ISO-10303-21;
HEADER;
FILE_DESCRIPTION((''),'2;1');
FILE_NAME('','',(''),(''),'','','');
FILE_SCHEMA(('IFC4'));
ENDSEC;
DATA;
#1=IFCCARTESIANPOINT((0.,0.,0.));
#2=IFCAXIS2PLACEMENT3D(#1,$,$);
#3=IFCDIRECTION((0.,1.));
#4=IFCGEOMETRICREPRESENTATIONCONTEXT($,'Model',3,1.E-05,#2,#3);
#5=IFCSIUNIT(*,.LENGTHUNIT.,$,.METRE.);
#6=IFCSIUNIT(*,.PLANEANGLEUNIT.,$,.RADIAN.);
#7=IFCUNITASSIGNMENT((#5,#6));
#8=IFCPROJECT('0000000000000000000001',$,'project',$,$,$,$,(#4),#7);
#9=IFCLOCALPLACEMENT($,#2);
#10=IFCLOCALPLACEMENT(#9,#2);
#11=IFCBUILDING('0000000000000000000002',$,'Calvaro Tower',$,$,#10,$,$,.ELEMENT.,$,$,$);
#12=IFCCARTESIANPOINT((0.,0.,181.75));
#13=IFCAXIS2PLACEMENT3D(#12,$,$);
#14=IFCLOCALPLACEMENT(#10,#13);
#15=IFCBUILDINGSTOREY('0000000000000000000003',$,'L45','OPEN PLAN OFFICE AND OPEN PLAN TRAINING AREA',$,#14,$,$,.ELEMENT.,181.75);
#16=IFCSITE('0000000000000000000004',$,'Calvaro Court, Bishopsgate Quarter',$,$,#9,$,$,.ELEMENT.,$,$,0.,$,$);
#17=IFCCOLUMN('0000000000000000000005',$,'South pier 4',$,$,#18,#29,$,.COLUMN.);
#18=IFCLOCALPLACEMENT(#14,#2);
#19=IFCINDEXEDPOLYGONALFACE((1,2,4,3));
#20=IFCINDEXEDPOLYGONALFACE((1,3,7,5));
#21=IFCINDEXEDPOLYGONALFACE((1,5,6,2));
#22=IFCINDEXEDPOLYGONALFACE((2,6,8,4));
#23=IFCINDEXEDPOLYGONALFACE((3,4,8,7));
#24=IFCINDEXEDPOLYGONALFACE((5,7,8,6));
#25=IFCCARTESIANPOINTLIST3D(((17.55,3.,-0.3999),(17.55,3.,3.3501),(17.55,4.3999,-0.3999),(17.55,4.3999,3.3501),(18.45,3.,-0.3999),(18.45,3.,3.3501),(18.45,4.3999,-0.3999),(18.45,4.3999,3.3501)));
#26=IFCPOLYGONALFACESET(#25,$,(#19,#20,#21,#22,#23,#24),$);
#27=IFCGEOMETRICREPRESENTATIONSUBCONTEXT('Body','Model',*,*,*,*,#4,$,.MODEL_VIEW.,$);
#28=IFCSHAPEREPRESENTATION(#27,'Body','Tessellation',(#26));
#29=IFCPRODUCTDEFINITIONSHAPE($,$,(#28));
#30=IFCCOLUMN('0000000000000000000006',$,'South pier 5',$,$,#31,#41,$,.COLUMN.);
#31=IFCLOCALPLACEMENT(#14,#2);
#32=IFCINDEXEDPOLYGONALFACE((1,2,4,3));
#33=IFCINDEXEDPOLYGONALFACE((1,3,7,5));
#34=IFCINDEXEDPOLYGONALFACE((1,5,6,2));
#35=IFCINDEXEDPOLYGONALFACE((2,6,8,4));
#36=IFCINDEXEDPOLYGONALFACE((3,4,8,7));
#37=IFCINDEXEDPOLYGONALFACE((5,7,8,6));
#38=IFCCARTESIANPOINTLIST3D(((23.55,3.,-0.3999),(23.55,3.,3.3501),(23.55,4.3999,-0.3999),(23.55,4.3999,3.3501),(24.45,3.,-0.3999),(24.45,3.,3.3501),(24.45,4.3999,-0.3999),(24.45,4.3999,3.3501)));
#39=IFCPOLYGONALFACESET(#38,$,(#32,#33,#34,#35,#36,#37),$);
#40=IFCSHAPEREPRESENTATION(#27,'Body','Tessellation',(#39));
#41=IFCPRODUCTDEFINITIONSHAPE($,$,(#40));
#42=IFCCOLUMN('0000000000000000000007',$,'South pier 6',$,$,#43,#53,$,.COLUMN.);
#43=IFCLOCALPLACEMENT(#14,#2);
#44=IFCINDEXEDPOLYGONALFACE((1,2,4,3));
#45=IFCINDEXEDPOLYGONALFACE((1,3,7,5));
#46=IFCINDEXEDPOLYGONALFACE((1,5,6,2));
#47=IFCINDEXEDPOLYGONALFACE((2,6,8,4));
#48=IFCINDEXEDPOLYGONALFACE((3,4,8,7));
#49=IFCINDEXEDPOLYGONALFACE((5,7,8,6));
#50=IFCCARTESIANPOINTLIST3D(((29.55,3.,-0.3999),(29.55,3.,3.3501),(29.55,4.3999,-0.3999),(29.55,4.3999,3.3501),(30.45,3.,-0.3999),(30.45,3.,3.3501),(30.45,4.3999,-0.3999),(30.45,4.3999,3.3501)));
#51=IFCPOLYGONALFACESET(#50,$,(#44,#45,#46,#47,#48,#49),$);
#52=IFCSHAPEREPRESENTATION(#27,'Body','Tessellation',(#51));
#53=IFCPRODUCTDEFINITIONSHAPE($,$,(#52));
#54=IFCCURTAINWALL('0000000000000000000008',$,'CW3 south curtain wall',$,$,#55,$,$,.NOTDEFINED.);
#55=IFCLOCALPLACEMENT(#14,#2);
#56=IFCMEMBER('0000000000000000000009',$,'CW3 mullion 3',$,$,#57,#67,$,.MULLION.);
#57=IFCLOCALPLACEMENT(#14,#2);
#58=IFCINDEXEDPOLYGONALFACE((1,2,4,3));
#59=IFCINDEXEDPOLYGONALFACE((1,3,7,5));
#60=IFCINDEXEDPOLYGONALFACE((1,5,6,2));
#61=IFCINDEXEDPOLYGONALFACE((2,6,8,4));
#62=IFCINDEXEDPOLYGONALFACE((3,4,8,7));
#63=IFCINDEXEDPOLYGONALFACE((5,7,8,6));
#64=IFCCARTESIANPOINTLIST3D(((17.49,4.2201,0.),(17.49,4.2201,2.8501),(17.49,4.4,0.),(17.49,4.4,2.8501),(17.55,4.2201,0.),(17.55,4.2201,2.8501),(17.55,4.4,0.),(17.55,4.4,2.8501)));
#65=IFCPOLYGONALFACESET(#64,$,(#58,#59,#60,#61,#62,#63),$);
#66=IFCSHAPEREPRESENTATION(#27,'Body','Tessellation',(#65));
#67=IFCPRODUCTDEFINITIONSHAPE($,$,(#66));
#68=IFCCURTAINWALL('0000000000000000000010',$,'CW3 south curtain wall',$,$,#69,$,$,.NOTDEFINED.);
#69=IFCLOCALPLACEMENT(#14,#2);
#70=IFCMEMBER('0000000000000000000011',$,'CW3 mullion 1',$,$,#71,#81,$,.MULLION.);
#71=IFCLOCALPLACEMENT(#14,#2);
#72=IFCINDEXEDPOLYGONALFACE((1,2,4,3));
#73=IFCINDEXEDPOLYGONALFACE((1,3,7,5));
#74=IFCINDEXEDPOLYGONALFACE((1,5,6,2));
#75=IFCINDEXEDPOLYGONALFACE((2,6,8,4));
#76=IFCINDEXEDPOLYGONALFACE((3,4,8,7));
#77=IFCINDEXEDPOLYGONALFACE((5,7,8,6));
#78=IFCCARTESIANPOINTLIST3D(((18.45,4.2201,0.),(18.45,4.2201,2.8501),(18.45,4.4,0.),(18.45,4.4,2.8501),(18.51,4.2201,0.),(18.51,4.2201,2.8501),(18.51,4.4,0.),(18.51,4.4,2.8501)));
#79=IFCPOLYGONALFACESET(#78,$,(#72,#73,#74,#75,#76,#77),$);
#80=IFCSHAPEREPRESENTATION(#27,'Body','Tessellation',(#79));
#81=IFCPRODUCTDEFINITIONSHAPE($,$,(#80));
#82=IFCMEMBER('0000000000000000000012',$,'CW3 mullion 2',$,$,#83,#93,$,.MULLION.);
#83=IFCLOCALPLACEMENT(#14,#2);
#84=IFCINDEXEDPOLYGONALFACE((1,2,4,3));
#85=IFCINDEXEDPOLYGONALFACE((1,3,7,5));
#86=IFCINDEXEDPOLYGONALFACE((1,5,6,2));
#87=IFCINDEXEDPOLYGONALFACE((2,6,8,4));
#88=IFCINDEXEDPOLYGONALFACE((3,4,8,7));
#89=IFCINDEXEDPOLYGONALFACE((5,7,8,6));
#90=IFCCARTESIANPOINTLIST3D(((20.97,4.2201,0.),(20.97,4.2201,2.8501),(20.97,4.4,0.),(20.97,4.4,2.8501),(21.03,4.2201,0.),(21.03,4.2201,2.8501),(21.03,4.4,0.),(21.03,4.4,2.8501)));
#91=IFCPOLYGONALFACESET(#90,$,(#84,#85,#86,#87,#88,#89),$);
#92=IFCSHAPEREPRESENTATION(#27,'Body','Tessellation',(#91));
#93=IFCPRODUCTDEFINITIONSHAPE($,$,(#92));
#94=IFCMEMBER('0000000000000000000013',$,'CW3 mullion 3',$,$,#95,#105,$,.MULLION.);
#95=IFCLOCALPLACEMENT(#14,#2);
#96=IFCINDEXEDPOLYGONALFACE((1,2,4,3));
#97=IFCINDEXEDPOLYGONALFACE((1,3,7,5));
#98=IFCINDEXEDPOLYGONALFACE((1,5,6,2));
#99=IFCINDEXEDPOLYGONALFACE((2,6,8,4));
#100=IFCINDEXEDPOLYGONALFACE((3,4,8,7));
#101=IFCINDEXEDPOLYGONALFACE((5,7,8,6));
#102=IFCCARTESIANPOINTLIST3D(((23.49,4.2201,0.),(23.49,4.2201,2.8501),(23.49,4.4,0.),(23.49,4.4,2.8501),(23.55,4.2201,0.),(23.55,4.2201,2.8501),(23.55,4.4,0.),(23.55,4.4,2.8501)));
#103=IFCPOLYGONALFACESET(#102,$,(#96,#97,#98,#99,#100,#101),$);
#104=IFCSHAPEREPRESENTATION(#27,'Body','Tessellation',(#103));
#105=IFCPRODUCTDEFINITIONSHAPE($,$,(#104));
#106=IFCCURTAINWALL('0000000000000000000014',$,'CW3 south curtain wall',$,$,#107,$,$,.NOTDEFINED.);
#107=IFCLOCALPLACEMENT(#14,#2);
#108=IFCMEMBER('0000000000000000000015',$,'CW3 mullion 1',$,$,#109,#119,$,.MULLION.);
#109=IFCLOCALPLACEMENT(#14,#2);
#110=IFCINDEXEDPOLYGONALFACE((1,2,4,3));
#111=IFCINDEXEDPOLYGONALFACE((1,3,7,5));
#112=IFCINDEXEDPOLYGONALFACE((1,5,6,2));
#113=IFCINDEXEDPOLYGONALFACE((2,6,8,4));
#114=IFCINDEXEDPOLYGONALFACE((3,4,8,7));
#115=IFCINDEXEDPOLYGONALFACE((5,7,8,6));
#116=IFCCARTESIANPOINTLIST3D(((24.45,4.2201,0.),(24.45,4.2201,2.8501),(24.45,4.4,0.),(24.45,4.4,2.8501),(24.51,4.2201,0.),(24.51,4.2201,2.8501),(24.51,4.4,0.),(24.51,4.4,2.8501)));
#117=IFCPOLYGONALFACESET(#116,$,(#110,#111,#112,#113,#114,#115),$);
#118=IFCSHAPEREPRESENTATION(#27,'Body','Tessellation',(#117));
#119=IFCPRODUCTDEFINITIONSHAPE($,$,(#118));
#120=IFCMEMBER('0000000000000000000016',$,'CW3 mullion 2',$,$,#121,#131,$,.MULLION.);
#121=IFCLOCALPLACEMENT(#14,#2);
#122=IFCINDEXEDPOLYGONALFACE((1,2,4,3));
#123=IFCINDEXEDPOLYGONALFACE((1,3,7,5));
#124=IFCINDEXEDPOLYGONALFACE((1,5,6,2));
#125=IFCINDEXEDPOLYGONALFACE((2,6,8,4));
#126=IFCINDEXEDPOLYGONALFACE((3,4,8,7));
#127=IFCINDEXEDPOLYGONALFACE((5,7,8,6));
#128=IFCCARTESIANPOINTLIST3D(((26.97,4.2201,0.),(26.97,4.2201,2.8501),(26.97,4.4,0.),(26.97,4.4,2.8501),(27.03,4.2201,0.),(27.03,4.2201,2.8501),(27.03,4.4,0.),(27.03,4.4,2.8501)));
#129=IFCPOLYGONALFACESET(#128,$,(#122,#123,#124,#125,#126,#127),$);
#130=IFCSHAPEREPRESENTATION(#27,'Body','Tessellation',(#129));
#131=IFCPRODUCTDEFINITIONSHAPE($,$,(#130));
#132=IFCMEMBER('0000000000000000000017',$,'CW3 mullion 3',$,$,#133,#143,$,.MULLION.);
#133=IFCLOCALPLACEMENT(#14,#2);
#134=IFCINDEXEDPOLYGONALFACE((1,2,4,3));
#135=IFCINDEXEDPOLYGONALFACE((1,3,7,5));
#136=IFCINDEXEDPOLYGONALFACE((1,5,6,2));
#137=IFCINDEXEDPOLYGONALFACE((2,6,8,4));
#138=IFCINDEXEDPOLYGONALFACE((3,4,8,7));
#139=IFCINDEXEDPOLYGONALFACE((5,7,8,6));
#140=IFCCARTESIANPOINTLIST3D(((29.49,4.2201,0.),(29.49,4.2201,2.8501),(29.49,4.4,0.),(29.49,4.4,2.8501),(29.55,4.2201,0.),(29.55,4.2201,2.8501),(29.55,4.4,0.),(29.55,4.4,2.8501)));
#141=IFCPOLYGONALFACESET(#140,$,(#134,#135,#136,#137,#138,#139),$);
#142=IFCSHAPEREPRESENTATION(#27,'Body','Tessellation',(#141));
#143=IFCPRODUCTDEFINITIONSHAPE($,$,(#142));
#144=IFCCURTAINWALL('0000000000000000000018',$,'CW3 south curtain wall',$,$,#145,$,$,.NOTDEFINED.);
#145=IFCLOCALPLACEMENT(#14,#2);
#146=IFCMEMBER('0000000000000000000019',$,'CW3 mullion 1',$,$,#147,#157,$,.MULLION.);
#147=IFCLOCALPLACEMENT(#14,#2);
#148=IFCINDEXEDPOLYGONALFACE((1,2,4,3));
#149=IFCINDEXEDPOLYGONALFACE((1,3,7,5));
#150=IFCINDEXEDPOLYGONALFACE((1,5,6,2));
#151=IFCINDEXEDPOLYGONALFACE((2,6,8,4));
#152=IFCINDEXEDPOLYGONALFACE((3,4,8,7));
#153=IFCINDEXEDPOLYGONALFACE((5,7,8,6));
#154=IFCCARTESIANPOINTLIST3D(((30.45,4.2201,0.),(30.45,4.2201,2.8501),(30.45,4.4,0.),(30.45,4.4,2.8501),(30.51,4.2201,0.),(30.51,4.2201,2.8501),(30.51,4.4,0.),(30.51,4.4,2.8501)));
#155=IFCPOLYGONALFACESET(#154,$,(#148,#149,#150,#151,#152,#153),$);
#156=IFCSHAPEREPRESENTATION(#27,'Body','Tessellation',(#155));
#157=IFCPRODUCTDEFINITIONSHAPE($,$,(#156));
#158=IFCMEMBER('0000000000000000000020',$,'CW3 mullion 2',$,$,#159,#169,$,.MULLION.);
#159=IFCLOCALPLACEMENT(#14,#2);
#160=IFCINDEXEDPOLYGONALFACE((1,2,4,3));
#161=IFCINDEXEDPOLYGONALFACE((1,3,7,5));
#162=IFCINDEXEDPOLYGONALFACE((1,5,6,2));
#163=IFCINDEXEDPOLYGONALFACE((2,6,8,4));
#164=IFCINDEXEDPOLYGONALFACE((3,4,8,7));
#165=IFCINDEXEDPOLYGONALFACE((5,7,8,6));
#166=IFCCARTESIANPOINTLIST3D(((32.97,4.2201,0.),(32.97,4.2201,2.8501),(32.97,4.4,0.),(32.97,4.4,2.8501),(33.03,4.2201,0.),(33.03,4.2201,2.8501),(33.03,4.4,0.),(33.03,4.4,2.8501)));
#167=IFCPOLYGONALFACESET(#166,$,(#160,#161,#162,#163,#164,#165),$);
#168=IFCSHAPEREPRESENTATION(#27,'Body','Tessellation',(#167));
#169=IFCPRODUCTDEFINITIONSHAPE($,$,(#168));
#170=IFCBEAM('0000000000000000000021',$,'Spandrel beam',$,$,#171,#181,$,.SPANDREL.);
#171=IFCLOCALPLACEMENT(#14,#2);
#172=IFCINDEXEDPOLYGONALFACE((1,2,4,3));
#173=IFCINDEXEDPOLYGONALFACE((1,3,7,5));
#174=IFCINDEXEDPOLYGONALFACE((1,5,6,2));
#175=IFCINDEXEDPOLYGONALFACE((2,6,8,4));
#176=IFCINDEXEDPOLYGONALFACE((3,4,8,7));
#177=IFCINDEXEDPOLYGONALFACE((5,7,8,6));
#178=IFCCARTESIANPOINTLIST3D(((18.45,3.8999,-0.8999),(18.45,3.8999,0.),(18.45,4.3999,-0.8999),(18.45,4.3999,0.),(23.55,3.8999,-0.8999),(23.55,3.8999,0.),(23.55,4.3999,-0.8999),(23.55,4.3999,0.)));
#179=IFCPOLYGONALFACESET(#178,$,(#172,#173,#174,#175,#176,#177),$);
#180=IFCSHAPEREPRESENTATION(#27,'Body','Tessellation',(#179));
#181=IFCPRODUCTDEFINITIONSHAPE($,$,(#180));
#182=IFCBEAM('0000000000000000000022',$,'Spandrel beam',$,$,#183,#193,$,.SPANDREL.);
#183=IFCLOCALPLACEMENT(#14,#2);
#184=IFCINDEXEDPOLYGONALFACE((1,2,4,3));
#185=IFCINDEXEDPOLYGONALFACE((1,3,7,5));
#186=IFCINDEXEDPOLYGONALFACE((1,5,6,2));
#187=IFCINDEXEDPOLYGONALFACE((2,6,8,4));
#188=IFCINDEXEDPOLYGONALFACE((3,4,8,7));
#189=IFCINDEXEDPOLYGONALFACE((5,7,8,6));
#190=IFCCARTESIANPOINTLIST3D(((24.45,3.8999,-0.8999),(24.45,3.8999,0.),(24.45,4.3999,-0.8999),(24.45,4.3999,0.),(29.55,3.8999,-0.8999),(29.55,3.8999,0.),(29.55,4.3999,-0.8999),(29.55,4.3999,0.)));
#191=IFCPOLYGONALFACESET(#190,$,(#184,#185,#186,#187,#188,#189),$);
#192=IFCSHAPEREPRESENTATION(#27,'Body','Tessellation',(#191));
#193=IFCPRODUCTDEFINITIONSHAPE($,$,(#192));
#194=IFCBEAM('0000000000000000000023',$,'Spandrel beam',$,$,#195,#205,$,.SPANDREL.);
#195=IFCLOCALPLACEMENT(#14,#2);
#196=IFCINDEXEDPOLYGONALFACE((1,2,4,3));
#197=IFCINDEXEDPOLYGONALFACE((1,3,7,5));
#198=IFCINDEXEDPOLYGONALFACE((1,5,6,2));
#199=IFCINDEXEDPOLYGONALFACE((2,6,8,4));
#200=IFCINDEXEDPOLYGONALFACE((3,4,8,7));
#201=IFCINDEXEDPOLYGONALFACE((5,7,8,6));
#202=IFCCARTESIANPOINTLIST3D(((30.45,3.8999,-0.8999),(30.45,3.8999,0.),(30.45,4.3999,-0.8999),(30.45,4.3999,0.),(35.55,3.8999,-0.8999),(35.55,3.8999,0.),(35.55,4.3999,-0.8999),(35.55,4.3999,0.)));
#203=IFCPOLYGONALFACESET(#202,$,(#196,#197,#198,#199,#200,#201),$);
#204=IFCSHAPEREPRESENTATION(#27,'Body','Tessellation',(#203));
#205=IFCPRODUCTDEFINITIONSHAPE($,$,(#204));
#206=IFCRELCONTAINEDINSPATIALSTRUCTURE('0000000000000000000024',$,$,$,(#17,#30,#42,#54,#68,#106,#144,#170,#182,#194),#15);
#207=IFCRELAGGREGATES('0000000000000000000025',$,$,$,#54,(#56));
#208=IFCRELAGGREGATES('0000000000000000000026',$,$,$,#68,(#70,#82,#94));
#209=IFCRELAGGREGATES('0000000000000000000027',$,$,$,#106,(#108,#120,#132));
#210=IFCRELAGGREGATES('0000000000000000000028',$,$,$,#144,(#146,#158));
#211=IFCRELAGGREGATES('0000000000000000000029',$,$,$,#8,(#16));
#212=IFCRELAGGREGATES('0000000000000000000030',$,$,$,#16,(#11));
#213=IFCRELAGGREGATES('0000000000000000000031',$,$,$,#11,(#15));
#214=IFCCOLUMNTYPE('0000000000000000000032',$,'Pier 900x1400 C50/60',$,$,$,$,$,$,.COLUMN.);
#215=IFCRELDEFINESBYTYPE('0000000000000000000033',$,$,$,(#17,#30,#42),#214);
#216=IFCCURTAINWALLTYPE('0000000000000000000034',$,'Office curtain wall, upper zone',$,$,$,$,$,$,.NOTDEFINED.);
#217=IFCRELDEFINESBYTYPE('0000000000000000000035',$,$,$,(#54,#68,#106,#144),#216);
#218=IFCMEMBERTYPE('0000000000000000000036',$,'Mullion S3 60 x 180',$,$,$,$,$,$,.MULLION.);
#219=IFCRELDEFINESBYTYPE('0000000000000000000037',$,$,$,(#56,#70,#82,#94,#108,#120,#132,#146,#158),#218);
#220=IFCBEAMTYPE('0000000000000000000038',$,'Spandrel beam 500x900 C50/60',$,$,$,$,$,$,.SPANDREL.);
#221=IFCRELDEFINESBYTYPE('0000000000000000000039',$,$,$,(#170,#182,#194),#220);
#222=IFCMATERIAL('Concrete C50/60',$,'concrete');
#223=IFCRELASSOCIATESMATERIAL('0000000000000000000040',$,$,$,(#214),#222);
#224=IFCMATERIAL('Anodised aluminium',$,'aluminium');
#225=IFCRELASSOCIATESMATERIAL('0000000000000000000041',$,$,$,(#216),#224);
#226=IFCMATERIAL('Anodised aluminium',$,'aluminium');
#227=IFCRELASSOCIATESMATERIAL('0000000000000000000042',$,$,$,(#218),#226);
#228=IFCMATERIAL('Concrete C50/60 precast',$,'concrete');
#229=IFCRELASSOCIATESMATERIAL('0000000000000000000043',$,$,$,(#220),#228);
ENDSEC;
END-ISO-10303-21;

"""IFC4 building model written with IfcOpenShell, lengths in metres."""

from ifc_helpers import new_model, si_unit, direction, frame, origin, origin_2d, place, context, subcontext, project, spatial, rectangle, extrude, material, material_profile, profile_set, type_object, element, aggregate, save


model = new_model("IFC4")

# Units and contexts
model_context = context("Model", 3, precision=1e-05, world=origin(), true_north=direction((0.0, 1.0)))
body_context = subcontext(model_context, "Body", "Model", "MODEL_VIEW")
ifc_project = project(units=[si_unit("LENGTHUNIT", "METRE"), si_unit("PLANEANGLEUNIT", "RADIAN")], contexts=[model_context])

# Site, building, storey
site_placement = place(None, origin())
site = spatial("IfcSite", under=ifc_project, at=site_placement, Name="Calvaro Court, Bishopsgate Quarter", CompositionType="ELEMENT", RefElevation=0.0)
building_placement = place(site_placement, origin())
building = spatial("IfcBuilding", under=site, at=building_placement, Name="Calvaro Tower", CompositionType="ELEMENT")
storey_placement = place(building_placement, frame((0.0, 0.0, 181.75)))
storey = spatial("IfcBuildingStorey", under=building, at=storey_placement, Name="L45", Description="OPEN PLAN OFFICE AND OPEN PLAN TRAINING AREA", CompositionType="ELEMENT", Elevation=181.75)

# Columns
ifc_material_1 = material(Name="Concrete C50/60", Category="concrete")
ifc_material_profile_1 = material_profile(ifc_material_1, rectangle(XDim=0.8999, YDim=1.3999, at=origin_2d()), Name="RC 900x1400")
ifc_profile_set_1 = profile_set([ifc_material_profile_1], Name="Concrete C50/60")
column_type = type_object("IfcColumnType", Name="Pier 900x1400 C50/60", PredefinedType="COLUMN", material=ifc_profile_set_1)
for number, where, z_axis, x_axis, name in (
    (1, (18.0, 3.7, -0.3999), (0.0, 0.0, 1.0), (1.0, 0.0, 0.0), "South pier 4"),
    (2, (24.0, 3.7, -0.3999), (0.0, 0.0, 1.0), (1.0, 0.0, 0.0), "South pier 5"),
    (3, (30.0, 3.7, -0.3999), (0.0, 0.0, 1.0), (1.0, 0.0, 0.0), "South pier 6"),
):
    element("IfcColumn", number, at=place(storey_placement, frame(where, z_axis=z_axis, x_axis=x_axis)), inside=storey, type_object=column_type, Name=name, PredefinedType="COLUMN", context=body_context, shape_type="SweptSolid", body=[
        extrude(rectangle(XDim=0.8999, YDim=1.3999, at=origin_2d()), origin(), (0.0, 0.0, 1.0), 3.75),
    ])

# Curtain wall, member
ifc_material_2 = material(Name="Anodised aluminium", Category="aluminium")
curtain_wall_type = type_object("IfcCurtainWallType", Name="Office curtain wall, upper zone", PredefinedType="NOTDEFINED", material=ifc_material_2)
curtain_wall_1_placement = place(storey_placement, origin())
curtain_wall_1 = element("IfcCurtainWall", 4, at=curtain_wall_1_placement, inside=storey, type_object=curtain_wall_type, Name="CW3 south curtain wall", PredefinedType="NOTDEFINED")
ifc_material_3 = material(Name="Anodised aluminium", Category="aluminium")
ifc_material_profile_2 = material_profile(ifc_material_3, rectangle(XDim=0.1799, YDim=0.0601, at=origin_2d()), Name="Mullion S3 60 x 180")
ifc_profile_set_2 = profile_set([ifc_material_profile_2], Name="Anodised aluminium")
member_type_1 = type_object("IfcMemberType", Name="Mullion S3 60 x 180", PredefinedType="MULLION", material=ifc_profile_set_2)
member_1_placement = place(storey_placement, frame((17.52, 4.3101, 0.0), z_axis=(0.0, 0.0, 1.0), x_axis=(0.0, 1.0, 0.0)))
member_1 = element("IfcMember", 5, at=member_1_placement, type_object=member_type_1, Name="CW3 mullion 3", PredefinedType="MULLION", context=body_context, shape_type="SweptSolid", body=[
    extrude(rectangle(XDim=0.1799, YDim=0.0601, at=origin_2d()), origin(), (0.0, 0.0, 1.0), 2.8501),
])
aggregate(curtain_wall_1, [member_1])

# Curtain walls, members
curtain_wall_2_placement = place(storey_placement, origin())
curtain_wall_2 = element("IfcCurtainWall", 6, at=curtain_wall_2_placement, inside=storey, type_object=curtain_wall_type, Name="CW3 south curtain wall", PredefinedType="NOTDEFINED")
member_2_placement = place(storey_placement, frame((18.48, 4.3101, 0.0), z_axis=(0.0, 0.0, 1.0), x_axis=(0.0, 1.0, 0.0)))
member_2 = element("IfcMember", 7, at=member_2_placement, type_object=member_type_1, Name="CW3 mullion 1", PredefinedType="MULLION", context=body_context, shape_type="SweptSolid", body=[
    extrude(rectangle(XDim=0.1799, YDim=0.0601, at=origin_2d()), origin(), (0.0, 0.0, 1.0), 2.8501),
])
member_3_placement = place(storey_placement, frame((21.0, 4.3101, 0.0), z_axis=(0.0, 0.0, 1.0), x_axis=(0.0, 1.0, 0.0)))
member_3 = element("IfcMember", 8, at=member_3_placement, type_object=member_type_1, Name="CW3 mullion 2", PredefinedType="MULLION", context=body_context, shape_type="SweptSolid", body=[
    extrude(rectangle(XDim=0.1799, YDim=0.0601, at=origin_2d()), origin(), (0.0, 0.0, 1.0), 2.8501),
])
member_4_placement = place(storey_placement, frame((23.52, 4.3101, 0.0), z_axis=(0.0, 0.0, 1.0), x_axis=(0.0, 1.0, 0.0)))
member_4 = element("IfcMember", 9, at=member_4_placement, type_object=member_type_1, Name="CW3 mullion 3", PredefinedType="MULLION", context=body_context, shape_type="SweptSolid", body=[
    extrude(rectangle(XDim=0.1799, YDim=0.0601, at=origin_2d()), origin(), (0.0, 0.0, 1.0), 2.8501),
])
curtain_wall_3_placement = place(storey_placement, origin())
curtain_wall_3 = element("IfcCurtainWall", 10, at=curtain_wall_3_placement, inside=storey, type_object=curtain_wall_type, Name="CW3 south curtain wall", PredefinedType="NOTDEFINED")
member_5_placement = place(storey_placement, frame((24.48, 4.3101, 0.0), z_axis=(0.0, 0.0, 1.0), x_axis=(0.0, 1.0, 0.0)))
member_5 = element("IfcMember", 11, at=member_5_placement, type_object=member_type_1, Name="CW3 mullion 1", PredefinedType="MULLION", context=body_context, shape_type="SweptSolid", body=[
    extrude(rectangle(XDim=0.1799, YDim=0.0601, at=origin_2d()), origin(), (0.0, 0.0, 1.0), 2.8501),
])
member_6_placement = place(storey_placement, frame((27.0, 4.3101, 0.0), z_axis=(0.0, 0.0, 1.0), x_axis=(0.0, 1.0, 0.0)))
member_6 = element("IfcMember", 12, at=member_6_placement, type_object=member_type_1, Name="CW3 mullion 2", PredefinedType="MULLION", context=body_context, shape_type="SweptSolid", body=[
    extrude(rectangle(XDim=0.1799, YDim=0.0601, at=origin_2d()), origin(), (0.0, 0.0, 1.0), 2.8501),
])
member_7_placement = place(storey_placement, frame((29.52, 4.3101, 0.0), z_axis=(0.0, 0.0, 1.0), x_axis=(0.0, 1.0, 0.0)))
member_7 = element("IfcMember", 13, at=member_7_placement, type_object=member_type_1, Name="CW3 mullion 3", PredefinedType="MULLION", context=body_context, shape_type="SweptSolid", body=[
    extrude(rectangle(XDim=0.1799, YDim=0.0601, at=origin_2d()), origin(), (0.0, 0.0, 1.0), 2.8501),
])
curtain_wall_4_placement = place(storey_placement, origin())
curtain_wall_4 = element("IfcCurtainWall", 14, at=curtain_wall_4_placement, inside=storey, type_object=curtain_wall_type, Name="CW3 south curtain wall", PredefinedType="NOTDEFINED")
member_8_placement = place(storey_placement, frame((30.48, 4.3101, 0.0), z_axis=(0.0, 0.0, 1.0), x_axis=(0.0, 1.0, 0.0)))
member_8 = element("IfcMember", 15, at=member_8_placement, type_object=member_type_1, Name="CW3 mullion 1", PredefinedType="MULLION", context=body_context, shape_type="SweptSolid", body=[
    extrude(rectangle(XDim=0.1799, YDim=0.0601, at=origin_2d()), origin(), (0.0, 0.0, 1.0), 2.8501),
])
member_9_placement = place(storey_placement, frame((33.0, 4.3101, 0.0), z_axis=(0.0, 0.0, 1.0), x_axis=(0.0, 1.0, 0.0)))
member_9 = element("IfcMember", 16, at=member_9_placement, type_object=member_type_1, Name="CW3 mullion 2", PredefinedType="MULLION", context=body_context, shape_type="SweptSolid", body=[
    extrude(rectangle(XDim=0.1799, YDim=0.0601, at=origin_2d()), origin(), (0.0, 0.0, 1.0), 2.8501),
])

# Beams
ifc_material_4 = material(Name="Concrete C50/60 precast", Category="concrete")
ifc_material_profile_3 = material_profile(ifc_material_4, rectangle(XDim=0.5, YDim=0.8999, at=origin_2d()), Name="RC 500x900")
ifc_profile_set_3 = profile_set([ifc_material_profile_3], Name="Concrete C50/60 precast")
beam_type = type_object("IfcBeamType", Name="Spandrel beam 500x900 C50/60", PredefinedType="SPANDREL", material=ifc_profile_set_3)
for number, where, z_axis, x_axis, name in (
    (17, (18.45, 4.1499, -0.45), (1.0, 0.0, 0.0), (0.0, 1.0, 0.0), "Spandrel beam"),
    (18, (24.45, 4.1499, -0.45), (1.0, 0.0, 0.0), (0.0, 1.0, 0.0), "Spandrel beam"),
    (19, (30.45, 4.1499, -0.45), (1.0, 0.0, 0.0), (0.0, 1.0, 0.0), "Spandrel beam"),
):
    element("IfcBeam", number, at=place(storey_placement, frame(where, z_axis=z_axis, x_axis=x_axis)), inside=storey, type_object=beam_type, Name=name, PredefinedType="SPANDREL", context=body_context, shape_type="SweptSolid", body=[
        extrude(rectangle(XDim=0.5, YDim=0.8999, at=origin_2d()), origin(), (0.0, 0.0, 1.0), 5.1001),
    ])

aggregate(curtain_wall_2, [member_2, member_3, member_4])
aggregate(curtain_wall_3, [member_5, member_6, member_7])
aggregate(curtain_wall_4, [member_8, member_9])

save(model, "model.ifc")
